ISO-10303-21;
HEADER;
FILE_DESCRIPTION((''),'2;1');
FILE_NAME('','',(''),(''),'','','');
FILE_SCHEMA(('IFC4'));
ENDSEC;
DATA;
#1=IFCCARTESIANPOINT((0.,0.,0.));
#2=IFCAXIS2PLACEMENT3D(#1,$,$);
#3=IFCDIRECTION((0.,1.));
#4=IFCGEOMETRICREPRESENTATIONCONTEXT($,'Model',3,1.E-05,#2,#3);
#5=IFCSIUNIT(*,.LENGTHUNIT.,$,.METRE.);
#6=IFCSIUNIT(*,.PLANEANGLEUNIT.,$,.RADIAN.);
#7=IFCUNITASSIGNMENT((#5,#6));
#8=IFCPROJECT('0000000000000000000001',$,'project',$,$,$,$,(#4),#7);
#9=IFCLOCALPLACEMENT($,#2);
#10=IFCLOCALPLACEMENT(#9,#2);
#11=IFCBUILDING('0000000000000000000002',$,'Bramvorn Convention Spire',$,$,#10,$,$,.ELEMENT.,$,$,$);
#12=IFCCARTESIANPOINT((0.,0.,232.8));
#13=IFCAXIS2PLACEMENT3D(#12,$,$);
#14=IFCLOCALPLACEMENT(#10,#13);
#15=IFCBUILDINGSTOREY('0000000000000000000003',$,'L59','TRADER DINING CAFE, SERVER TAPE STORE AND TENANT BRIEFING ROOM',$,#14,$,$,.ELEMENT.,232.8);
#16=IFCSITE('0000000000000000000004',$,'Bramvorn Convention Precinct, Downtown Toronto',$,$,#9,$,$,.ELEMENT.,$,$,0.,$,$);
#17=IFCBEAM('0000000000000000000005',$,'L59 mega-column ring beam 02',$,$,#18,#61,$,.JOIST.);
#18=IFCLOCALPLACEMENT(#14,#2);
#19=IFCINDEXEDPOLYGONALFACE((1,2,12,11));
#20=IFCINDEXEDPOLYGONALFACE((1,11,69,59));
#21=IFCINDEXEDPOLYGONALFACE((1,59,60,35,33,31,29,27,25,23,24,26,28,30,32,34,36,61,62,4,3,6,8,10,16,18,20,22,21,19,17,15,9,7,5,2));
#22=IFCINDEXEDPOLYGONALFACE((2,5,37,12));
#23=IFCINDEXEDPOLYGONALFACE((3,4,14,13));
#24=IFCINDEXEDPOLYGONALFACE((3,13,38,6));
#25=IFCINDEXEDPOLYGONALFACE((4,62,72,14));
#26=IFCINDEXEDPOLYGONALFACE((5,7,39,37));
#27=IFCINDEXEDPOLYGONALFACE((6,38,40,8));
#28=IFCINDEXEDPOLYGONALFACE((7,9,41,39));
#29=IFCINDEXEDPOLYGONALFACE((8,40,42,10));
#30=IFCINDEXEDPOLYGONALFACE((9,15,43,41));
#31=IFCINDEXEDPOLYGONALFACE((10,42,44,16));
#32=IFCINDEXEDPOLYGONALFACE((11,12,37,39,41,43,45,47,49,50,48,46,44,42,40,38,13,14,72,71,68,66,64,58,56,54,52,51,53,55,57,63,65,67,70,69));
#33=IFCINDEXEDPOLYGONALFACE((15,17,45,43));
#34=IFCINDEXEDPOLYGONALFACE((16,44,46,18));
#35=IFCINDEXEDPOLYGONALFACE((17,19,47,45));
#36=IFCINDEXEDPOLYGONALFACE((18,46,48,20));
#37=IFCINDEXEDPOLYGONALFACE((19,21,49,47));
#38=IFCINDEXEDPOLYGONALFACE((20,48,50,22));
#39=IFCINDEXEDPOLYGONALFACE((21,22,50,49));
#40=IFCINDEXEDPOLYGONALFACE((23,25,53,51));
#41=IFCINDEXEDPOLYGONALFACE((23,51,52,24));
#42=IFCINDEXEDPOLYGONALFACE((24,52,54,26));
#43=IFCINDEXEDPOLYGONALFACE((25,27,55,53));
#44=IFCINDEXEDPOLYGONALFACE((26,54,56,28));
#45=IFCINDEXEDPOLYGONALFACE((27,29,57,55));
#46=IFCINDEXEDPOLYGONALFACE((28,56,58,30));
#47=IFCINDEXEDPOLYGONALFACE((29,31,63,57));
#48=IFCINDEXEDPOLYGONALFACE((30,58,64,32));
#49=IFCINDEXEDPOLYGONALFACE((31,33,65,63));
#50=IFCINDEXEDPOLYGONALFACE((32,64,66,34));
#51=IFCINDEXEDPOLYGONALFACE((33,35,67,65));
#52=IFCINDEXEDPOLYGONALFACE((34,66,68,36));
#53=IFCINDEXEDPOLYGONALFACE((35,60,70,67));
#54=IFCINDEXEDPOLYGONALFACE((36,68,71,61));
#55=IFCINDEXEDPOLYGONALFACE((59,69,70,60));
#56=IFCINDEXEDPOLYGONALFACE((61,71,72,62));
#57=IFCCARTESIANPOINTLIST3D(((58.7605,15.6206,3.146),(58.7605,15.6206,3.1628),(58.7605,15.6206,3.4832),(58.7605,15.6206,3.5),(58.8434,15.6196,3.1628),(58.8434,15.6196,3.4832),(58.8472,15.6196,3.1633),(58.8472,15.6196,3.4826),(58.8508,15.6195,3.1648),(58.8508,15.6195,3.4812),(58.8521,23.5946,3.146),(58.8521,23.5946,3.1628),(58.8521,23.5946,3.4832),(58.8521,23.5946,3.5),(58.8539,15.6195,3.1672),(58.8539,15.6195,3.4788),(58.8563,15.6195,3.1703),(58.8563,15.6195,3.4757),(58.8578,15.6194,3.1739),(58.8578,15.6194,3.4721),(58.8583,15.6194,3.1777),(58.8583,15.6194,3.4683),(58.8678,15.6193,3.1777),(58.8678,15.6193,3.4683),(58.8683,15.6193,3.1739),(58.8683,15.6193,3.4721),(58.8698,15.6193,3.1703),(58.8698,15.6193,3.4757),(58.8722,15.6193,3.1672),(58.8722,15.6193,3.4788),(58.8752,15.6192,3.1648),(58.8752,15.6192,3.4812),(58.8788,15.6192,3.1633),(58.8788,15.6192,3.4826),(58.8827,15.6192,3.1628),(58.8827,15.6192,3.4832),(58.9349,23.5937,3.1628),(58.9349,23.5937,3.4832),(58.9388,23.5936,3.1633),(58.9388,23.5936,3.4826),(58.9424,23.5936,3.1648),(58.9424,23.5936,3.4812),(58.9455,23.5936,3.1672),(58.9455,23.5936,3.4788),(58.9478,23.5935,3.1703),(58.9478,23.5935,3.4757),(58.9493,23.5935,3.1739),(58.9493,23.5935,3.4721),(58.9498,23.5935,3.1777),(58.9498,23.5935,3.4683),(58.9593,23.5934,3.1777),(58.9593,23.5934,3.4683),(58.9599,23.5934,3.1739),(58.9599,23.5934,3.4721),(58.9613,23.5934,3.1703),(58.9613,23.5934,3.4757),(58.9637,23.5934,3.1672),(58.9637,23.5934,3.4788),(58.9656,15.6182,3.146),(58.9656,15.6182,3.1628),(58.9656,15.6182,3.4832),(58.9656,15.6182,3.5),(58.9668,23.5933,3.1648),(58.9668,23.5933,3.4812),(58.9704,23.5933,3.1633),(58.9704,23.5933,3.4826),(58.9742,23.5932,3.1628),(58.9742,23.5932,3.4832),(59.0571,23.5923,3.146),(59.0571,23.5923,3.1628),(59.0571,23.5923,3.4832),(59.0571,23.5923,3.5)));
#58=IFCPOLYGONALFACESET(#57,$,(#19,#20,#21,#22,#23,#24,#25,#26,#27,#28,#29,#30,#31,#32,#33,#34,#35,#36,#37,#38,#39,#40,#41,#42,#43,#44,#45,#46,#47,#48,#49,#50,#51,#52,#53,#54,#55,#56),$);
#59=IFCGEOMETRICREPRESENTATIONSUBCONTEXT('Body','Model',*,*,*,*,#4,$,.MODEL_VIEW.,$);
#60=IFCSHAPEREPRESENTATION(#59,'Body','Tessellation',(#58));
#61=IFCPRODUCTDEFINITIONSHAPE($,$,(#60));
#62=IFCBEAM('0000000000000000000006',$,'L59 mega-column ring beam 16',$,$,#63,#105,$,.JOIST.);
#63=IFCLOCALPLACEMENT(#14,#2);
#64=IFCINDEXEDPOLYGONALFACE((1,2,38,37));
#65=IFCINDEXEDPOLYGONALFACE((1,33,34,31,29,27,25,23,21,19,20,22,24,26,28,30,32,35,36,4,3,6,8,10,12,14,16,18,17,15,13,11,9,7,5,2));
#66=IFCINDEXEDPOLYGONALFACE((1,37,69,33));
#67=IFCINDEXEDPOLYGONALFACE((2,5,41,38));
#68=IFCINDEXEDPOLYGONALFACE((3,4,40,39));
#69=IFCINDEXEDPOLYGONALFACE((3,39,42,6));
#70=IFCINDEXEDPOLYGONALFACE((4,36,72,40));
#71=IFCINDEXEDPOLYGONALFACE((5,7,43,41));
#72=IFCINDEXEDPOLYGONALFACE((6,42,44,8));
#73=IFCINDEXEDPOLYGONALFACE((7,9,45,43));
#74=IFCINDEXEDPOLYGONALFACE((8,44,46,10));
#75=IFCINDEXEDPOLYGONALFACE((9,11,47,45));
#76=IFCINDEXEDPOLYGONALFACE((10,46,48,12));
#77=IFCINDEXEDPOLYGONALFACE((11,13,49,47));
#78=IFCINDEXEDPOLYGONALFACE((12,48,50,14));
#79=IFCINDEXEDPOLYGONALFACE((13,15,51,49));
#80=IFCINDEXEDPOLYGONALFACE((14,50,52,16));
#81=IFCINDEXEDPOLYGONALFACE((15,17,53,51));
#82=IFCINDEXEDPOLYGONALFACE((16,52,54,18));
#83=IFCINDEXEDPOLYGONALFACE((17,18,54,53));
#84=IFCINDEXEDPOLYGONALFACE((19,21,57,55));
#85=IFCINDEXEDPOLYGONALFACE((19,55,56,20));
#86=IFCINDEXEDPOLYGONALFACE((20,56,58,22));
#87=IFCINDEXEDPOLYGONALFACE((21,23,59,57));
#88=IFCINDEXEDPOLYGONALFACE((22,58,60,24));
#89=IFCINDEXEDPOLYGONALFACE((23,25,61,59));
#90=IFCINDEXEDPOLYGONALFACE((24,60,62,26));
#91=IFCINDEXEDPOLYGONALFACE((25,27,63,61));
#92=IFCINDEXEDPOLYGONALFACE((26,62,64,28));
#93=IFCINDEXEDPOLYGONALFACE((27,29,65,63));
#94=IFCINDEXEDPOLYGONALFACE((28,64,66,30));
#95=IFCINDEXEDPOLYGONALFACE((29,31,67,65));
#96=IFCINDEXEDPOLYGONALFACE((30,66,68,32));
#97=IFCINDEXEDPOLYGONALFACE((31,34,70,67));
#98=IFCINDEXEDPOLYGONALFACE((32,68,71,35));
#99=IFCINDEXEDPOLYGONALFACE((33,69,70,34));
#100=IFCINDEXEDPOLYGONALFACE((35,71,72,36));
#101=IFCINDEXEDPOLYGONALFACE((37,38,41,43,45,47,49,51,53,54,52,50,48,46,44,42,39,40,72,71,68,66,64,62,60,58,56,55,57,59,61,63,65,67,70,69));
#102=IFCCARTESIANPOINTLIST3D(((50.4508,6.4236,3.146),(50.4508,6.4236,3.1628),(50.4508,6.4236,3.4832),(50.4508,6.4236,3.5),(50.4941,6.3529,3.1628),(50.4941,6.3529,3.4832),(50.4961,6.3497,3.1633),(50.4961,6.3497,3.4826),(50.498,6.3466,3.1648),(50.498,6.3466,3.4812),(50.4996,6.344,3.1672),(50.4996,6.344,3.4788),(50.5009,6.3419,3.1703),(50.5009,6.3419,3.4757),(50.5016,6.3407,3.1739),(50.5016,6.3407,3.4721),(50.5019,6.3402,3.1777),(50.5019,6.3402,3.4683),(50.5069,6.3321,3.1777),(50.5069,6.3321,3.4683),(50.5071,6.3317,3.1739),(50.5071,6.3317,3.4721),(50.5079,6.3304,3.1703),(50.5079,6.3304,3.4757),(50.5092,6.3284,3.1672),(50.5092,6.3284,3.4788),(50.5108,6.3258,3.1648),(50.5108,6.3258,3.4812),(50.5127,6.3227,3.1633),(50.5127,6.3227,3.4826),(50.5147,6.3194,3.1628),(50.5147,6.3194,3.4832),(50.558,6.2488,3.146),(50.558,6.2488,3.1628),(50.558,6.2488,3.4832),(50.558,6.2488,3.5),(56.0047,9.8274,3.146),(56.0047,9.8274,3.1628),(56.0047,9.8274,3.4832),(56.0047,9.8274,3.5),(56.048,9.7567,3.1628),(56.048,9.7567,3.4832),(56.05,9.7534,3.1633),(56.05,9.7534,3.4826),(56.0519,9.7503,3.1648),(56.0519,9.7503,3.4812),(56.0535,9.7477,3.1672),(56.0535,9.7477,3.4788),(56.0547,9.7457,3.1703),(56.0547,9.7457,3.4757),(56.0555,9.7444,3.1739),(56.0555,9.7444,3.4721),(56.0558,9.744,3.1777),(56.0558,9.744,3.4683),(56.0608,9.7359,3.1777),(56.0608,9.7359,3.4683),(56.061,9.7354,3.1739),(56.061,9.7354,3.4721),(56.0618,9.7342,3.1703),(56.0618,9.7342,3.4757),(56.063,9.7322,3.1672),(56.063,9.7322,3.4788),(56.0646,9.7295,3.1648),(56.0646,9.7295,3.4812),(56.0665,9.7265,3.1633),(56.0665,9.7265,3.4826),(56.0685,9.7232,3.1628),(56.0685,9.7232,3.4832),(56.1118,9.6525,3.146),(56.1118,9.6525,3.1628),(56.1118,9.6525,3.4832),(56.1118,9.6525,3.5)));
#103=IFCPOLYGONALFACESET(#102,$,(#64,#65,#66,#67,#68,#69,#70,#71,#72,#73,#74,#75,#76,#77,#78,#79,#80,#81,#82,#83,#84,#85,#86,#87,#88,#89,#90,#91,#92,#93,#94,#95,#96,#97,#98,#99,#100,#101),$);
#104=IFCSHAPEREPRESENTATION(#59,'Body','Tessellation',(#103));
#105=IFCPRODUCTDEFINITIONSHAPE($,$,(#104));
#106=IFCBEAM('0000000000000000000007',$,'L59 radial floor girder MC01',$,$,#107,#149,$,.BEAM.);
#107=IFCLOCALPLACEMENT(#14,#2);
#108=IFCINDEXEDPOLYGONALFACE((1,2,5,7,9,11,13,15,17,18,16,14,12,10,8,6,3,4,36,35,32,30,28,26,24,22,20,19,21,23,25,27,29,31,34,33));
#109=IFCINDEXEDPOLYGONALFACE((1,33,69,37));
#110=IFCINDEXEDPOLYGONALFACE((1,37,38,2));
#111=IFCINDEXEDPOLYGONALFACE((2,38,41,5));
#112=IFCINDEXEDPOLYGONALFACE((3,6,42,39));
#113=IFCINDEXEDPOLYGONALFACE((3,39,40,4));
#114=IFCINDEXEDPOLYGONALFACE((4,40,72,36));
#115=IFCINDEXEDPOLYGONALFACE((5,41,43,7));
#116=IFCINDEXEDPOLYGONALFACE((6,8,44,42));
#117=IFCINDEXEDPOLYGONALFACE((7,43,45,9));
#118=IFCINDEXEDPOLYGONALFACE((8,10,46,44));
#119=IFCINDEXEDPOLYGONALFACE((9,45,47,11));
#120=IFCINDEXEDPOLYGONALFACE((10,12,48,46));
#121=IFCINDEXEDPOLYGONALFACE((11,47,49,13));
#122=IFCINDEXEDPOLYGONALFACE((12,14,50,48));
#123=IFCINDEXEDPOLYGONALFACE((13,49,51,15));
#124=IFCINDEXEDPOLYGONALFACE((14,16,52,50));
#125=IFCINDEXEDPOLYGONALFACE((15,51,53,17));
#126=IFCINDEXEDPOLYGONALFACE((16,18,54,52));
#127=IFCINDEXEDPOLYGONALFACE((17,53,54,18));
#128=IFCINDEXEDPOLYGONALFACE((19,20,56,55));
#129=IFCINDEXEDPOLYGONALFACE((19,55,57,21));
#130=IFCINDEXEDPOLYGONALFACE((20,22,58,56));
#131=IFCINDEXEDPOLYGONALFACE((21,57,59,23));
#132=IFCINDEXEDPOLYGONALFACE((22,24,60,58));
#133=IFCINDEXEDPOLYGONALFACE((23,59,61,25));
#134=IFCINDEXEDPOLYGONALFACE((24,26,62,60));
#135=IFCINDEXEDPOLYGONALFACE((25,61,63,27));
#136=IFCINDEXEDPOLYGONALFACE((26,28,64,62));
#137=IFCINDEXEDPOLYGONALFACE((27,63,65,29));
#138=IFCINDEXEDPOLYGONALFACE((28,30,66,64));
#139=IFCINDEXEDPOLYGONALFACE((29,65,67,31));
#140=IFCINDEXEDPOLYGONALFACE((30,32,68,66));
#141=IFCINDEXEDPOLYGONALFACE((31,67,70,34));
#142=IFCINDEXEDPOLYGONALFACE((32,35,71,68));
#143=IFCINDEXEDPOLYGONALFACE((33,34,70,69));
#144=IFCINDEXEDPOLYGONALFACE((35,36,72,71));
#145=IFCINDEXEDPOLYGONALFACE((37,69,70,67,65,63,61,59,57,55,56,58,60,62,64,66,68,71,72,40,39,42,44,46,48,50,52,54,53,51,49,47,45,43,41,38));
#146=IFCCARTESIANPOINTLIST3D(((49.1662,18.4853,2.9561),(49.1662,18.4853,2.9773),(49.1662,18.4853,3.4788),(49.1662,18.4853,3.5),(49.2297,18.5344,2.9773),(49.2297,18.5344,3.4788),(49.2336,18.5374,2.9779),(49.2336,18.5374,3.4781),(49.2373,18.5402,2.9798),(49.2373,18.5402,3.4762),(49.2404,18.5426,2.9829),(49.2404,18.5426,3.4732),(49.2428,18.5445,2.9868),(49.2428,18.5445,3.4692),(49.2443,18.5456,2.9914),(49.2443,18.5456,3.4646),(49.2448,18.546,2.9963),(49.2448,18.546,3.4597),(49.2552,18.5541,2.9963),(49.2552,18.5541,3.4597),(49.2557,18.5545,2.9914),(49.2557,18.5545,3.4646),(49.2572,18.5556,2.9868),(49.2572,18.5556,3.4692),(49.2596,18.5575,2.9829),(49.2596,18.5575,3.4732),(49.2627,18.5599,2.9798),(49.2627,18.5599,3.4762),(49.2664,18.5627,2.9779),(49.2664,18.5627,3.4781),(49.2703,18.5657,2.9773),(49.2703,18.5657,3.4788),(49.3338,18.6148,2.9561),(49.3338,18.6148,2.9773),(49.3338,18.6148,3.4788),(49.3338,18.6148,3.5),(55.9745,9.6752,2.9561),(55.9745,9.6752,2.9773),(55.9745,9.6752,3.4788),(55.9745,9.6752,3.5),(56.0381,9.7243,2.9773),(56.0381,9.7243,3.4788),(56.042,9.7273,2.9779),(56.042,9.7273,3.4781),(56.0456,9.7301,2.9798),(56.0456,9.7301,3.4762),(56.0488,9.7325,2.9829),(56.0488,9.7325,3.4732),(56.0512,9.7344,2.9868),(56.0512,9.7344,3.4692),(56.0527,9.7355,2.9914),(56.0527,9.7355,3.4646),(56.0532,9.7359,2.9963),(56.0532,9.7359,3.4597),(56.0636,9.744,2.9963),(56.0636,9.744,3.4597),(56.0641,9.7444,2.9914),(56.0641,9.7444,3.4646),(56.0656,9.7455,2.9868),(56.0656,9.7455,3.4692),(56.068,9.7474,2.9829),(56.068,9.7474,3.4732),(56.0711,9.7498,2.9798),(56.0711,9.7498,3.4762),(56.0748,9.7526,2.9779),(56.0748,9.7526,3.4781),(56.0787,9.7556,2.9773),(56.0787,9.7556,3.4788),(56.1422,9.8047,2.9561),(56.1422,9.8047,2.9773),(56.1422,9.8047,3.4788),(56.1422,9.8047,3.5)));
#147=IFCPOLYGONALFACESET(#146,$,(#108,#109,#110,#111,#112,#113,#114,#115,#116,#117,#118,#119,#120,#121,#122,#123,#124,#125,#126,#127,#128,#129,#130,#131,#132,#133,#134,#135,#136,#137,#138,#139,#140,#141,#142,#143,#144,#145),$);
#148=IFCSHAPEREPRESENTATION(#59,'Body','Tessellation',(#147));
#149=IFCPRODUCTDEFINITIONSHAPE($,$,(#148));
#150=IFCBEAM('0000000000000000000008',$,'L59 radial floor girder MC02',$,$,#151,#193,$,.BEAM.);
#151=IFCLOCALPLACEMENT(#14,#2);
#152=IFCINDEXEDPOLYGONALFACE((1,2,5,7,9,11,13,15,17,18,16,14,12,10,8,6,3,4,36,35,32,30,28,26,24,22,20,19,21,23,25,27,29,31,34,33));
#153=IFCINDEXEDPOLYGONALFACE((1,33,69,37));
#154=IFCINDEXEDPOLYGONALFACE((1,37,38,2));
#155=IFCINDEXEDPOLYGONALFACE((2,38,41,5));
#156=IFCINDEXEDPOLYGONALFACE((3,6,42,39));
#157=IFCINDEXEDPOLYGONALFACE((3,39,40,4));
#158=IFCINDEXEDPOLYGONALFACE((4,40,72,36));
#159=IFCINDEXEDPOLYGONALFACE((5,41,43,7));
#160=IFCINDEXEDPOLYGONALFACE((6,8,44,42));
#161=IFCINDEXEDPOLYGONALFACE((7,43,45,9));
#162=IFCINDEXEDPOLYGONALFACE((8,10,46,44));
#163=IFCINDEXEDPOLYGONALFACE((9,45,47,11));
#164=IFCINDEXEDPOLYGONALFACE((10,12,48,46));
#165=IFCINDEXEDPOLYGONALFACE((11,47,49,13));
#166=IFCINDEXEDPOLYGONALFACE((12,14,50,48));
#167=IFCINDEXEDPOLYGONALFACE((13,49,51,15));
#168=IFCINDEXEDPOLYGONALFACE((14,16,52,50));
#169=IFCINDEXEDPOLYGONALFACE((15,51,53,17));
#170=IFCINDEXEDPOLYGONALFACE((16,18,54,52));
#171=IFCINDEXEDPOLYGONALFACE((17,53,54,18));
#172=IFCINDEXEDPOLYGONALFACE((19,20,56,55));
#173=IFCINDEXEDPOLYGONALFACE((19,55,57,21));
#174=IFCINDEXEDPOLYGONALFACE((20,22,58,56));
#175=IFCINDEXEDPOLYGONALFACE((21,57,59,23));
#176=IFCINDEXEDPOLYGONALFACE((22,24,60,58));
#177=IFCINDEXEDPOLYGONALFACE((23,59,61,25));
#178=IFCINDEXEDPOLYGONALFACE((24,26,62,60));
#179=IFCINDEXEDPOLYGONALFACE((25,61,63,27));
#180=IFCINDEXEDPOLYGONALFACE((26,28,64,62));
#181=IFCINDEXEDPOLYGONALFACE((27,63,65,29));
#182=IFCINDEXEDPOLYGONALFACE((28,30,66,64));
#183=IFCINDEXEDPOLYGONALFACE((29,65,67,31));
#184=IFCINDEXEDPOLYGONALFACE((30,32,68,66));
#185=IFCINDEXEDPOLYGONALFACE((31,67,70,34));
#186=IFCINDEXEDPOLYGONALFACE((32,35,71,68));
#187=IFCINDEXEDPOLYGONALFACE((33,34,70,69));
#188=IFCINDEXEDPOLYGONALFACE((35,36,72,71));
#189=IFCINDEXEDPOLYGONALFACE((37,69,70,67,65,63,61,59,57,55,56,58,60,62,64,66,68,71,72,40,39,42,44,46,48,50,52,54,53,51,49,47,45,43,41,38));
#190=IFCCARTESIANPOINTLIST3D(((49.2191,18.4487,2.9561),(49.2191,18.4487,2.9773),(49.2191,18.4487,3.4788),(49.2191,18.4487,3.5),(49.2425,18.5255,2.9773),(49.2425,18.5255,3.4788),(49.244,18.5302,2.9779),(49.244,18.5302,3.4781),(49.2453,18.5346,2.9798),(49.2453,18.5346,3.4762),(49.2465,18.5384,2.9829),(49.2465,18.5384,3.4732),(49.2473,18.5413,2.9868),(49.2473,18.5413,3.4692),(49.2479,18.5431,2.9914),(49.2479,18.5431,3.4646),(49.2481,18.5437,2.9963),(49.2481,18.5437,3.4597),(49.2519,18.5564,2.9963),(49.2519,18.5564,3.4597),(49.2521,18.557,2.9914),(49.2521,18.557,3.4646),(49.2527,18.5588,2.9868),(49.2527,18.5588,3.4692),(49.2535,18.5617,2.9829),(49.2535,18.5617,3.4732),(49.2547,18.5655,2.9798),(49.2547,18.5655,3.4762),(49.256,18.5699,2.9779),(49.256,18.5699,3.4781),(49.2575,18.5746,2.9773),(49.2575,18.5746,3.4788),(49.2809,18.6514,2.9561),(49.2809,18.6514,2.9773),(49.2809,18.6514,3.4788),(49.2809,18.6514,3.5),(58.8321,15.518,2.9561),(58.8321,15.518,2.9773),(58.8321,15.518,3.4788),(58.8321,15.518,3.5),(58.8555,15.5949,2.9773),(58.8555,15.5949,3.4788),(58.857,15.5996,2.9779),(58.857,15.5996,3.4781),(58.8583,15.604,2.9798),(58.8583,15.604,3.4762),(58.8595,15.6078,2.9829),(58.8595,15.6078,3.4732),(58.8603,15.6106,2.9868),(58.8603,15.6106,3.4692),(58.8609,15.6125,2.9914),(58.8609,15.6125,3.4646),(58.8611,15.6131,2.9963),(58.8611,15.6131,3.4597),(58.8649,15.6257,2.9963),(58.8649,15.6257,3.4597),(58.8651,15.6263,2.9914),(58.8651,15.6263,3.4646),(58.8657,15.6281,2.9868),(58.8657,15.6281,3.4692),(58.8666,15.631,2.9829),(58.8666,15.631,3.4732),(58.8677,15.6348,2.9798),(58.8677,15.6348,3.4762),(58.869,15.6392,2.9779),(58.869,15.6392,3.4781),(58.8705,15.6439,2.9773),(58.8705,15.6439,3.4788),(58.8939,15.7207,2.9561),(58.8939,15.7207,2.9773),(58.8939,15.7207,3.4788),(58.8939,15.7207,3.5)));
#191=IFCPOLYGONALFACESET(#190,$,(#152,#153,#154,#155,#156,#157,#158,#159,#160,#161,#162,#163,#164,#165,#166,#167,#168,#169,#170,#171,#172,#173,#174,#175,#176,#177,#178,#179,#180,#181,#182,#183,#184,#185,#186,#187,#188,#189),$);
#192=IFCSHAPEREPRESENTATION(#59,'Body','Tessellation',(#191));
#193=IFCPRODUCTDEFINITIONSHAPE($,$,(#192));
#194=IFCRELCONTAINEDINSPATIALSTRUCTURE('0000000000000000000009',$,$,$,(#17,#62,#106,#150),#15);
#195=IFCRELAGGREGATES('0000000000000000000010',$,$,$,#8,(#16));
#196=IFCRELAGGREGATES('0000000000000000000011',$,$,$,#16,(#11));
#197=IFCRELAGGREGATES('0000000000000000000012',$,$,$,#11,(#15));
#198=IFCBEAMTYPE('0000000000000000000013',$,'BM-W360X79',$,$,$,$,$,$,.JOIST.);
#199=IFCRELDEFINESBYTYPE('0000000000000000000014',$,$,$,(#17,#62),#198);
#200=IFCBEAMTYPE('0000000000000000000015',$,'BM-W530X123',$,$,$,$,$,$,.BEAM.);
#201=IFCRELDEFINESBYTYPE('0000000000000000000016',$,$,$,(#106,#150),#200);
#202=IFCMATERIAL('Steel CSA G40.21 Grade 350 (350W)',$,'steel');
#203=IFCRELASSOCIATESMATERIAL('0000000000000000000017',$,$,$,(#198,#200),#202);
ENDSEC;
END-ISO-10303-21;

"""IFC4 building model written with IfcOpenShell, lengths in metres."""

from ifc_helpers import new_model, si_unit, direction, frame, origin, origin_2d, place, context, subcontext, project, spatial, i_section, extrude, material, material_profile, profile_set, type_object, element, save


model = new_model("IFC4")

# Units and contexts
model_context = context("Model", 3, precision=1e-05, world=origin(), true_north=direction((0.0, 1.0)))
body_context = subcontext(model_context, "Body", "Model", "MODEL_VIEW")
ifc_project = project(units=[si_unit("LENGTHUNIT", "METRE"), si_unit("PLANEANGLEUNIT", "RADIAN")], contexts=[model_context])

# Site, building, storey
site_placement = place(None, origin())
site = spatial("IfcSite", under=ifc_project, at=site_placement, Name="Bramvorn Convention Precinct, Downtown Toronto", CompositionType="ELEMENT", RefElevation=0.0)
building_placement = place(site_placement, origin())
building = spatial("IfcBuilding", under=site, at=building_placement, Name="Bramvorn Convention Spire", CompositionType="ELEMENT")
storey_placement = place(building_placement, frame((0.0, 0.0, 232.8)))
storey = spatial("IfcBuildingStorey", under=building, at=storey_placement, Name="L59", Description="TRADER DINING CAFE, SERVER TAPE STORE AND TENANT BRIEFING ROOM", CompositionType="ELEMENT", Elevation=232.8)

# Shared definitions
ifc_material_1 = material(Name="Steel CSA G40.21 Grade 350 (350W)", Category="steel")

# Beams
ifc_material_profile_1 = material_profile(ifc_material_1, i_section(OverallWidth=0.2051, OverallDepth=0.354, WebThickness=0.0095, FlangeThickness=0.0168, FilletRadius=0.0149, at=origin_2d()))
ifc_profile_set_1 = profile_set([ifc_material_profile_1], Name="Steel CSA G40.21 Grade 350 (350W) - W360X79")
beam_type_1 = type_object("IfcBeamType", Name="BM-W360X79", PredefinedType="JOIST", material=ifc_profile_set_1)
beam_1_placement = place(storey_placement, frame((58.863, 15.6194, 3.323), z_axis=(0.01148, 0.999934, 0.0), x_axis=(-0.999934, 0.01148, 0.0)))
element("IfcBeam", 1, at=beam_1_placement, inside=storey, type_object=beam_type_1, Name="L59 mega-column ring beam 02", PredefinedType="JOIST", context=body_context, shape_type="SweptSolid", body=[
    extrude(i_section(OverallWidth=0.2051, OverallDepth=0.354, WebThickness=0.0095, FlangeThickness=0.0168, FilletRadius=0.0149, at=origin_2d()), origin(), (0.0, 0.0, 1.0), 7.9746),
])
beam_2_placement = place(storey_placement, frame((50.5044, 6.3362, 3.323), z_axis=(0.852617, 0.522537, 0.0), x_axis=(-0.522537, 0.852617, 0.0)))
element("IfcBeam", 2, at=beam_2_placement, inside=storey, type_object=beam_type_1, Name="L59 mega-column ring beam 16", PredefinedType="JOIST", context=body_context, shape_type="SweptSolid", body=[
    extrude(i_section(OverallWidth=0.2051, OverallDepth=0.354, WebThickness=0.0095, FlangeThickness=0.0168, FilletRadius=0.0149, at=origin_2d()), origin(), (0.0, 0.0, 1.0), 6.5139),
])
ifc_material_profile_2 = material_profile(ifc_material_1, i_section(OverallWidth=0.2119, OverallDepth=0.5439, WebThickness=0.0132, FlangeThickness=0.0212, FilletRadius=0.019, at=origin_2d()))
ifc_profile_set_2 = profile_set([ifc_material_profile_2], Name="Steel CSA G40.21 Grade 350 (350W) - W530X123")
beam_type_2 = type_object("IfcBeamType", Name="BM-W530X123", PredefinedType="BEAM", material=ifc_profile_set_2)
beam_3_placement = place(storey_placement, frame((49.25, 18.55, 3.228), z_axis=(0.61148, -0.79126, 0.0), x_axis=(0.79126, 0.61148, 0.0)))
element("IfcBeam", 3, at=beam_3_placement, inside=storey, type_object=beam_type_2, Name="L59 radial floor girder MC01", PredefinedType="BEAM", context=body_context, shape_type="SweptSolid", body=[
    extrude(i_section(OverallWidth=0.2119, OverallDepth=0.5439, WebThickness=0.0132, FlangeThickness=0.0212, FilletRadius=0.019, at=origin_2d()), origin(), (0.0, 0.0, 1.0), 11.1343),
])
beam_4_placement = place(storey_placement, frame((49.25, 18.55, 3.228), z_axis=(0.956536, -0.291613, 0.0), x_axis=(0.291613, 0.956536, 0.0)))
element("IfcBeam", 4, at=beam_4_placement, inside=storey, type_object=beam_type_2, Name="L59 radial floor girder MC02", PredefinedType="BEAM", context=body_context, shape_type="SweptSolid", body=[
    extrude(i_section(OverallWidth=0.2119, OverallDepth=0.5439, WebThickness=0.0132, FlangeThickness=0.0212, FilletRadius=0.019, at=origin_2d()), origin(), (0.0, 0.0, 1.0), 10.0498),
])

save(model, "model.ifc")
